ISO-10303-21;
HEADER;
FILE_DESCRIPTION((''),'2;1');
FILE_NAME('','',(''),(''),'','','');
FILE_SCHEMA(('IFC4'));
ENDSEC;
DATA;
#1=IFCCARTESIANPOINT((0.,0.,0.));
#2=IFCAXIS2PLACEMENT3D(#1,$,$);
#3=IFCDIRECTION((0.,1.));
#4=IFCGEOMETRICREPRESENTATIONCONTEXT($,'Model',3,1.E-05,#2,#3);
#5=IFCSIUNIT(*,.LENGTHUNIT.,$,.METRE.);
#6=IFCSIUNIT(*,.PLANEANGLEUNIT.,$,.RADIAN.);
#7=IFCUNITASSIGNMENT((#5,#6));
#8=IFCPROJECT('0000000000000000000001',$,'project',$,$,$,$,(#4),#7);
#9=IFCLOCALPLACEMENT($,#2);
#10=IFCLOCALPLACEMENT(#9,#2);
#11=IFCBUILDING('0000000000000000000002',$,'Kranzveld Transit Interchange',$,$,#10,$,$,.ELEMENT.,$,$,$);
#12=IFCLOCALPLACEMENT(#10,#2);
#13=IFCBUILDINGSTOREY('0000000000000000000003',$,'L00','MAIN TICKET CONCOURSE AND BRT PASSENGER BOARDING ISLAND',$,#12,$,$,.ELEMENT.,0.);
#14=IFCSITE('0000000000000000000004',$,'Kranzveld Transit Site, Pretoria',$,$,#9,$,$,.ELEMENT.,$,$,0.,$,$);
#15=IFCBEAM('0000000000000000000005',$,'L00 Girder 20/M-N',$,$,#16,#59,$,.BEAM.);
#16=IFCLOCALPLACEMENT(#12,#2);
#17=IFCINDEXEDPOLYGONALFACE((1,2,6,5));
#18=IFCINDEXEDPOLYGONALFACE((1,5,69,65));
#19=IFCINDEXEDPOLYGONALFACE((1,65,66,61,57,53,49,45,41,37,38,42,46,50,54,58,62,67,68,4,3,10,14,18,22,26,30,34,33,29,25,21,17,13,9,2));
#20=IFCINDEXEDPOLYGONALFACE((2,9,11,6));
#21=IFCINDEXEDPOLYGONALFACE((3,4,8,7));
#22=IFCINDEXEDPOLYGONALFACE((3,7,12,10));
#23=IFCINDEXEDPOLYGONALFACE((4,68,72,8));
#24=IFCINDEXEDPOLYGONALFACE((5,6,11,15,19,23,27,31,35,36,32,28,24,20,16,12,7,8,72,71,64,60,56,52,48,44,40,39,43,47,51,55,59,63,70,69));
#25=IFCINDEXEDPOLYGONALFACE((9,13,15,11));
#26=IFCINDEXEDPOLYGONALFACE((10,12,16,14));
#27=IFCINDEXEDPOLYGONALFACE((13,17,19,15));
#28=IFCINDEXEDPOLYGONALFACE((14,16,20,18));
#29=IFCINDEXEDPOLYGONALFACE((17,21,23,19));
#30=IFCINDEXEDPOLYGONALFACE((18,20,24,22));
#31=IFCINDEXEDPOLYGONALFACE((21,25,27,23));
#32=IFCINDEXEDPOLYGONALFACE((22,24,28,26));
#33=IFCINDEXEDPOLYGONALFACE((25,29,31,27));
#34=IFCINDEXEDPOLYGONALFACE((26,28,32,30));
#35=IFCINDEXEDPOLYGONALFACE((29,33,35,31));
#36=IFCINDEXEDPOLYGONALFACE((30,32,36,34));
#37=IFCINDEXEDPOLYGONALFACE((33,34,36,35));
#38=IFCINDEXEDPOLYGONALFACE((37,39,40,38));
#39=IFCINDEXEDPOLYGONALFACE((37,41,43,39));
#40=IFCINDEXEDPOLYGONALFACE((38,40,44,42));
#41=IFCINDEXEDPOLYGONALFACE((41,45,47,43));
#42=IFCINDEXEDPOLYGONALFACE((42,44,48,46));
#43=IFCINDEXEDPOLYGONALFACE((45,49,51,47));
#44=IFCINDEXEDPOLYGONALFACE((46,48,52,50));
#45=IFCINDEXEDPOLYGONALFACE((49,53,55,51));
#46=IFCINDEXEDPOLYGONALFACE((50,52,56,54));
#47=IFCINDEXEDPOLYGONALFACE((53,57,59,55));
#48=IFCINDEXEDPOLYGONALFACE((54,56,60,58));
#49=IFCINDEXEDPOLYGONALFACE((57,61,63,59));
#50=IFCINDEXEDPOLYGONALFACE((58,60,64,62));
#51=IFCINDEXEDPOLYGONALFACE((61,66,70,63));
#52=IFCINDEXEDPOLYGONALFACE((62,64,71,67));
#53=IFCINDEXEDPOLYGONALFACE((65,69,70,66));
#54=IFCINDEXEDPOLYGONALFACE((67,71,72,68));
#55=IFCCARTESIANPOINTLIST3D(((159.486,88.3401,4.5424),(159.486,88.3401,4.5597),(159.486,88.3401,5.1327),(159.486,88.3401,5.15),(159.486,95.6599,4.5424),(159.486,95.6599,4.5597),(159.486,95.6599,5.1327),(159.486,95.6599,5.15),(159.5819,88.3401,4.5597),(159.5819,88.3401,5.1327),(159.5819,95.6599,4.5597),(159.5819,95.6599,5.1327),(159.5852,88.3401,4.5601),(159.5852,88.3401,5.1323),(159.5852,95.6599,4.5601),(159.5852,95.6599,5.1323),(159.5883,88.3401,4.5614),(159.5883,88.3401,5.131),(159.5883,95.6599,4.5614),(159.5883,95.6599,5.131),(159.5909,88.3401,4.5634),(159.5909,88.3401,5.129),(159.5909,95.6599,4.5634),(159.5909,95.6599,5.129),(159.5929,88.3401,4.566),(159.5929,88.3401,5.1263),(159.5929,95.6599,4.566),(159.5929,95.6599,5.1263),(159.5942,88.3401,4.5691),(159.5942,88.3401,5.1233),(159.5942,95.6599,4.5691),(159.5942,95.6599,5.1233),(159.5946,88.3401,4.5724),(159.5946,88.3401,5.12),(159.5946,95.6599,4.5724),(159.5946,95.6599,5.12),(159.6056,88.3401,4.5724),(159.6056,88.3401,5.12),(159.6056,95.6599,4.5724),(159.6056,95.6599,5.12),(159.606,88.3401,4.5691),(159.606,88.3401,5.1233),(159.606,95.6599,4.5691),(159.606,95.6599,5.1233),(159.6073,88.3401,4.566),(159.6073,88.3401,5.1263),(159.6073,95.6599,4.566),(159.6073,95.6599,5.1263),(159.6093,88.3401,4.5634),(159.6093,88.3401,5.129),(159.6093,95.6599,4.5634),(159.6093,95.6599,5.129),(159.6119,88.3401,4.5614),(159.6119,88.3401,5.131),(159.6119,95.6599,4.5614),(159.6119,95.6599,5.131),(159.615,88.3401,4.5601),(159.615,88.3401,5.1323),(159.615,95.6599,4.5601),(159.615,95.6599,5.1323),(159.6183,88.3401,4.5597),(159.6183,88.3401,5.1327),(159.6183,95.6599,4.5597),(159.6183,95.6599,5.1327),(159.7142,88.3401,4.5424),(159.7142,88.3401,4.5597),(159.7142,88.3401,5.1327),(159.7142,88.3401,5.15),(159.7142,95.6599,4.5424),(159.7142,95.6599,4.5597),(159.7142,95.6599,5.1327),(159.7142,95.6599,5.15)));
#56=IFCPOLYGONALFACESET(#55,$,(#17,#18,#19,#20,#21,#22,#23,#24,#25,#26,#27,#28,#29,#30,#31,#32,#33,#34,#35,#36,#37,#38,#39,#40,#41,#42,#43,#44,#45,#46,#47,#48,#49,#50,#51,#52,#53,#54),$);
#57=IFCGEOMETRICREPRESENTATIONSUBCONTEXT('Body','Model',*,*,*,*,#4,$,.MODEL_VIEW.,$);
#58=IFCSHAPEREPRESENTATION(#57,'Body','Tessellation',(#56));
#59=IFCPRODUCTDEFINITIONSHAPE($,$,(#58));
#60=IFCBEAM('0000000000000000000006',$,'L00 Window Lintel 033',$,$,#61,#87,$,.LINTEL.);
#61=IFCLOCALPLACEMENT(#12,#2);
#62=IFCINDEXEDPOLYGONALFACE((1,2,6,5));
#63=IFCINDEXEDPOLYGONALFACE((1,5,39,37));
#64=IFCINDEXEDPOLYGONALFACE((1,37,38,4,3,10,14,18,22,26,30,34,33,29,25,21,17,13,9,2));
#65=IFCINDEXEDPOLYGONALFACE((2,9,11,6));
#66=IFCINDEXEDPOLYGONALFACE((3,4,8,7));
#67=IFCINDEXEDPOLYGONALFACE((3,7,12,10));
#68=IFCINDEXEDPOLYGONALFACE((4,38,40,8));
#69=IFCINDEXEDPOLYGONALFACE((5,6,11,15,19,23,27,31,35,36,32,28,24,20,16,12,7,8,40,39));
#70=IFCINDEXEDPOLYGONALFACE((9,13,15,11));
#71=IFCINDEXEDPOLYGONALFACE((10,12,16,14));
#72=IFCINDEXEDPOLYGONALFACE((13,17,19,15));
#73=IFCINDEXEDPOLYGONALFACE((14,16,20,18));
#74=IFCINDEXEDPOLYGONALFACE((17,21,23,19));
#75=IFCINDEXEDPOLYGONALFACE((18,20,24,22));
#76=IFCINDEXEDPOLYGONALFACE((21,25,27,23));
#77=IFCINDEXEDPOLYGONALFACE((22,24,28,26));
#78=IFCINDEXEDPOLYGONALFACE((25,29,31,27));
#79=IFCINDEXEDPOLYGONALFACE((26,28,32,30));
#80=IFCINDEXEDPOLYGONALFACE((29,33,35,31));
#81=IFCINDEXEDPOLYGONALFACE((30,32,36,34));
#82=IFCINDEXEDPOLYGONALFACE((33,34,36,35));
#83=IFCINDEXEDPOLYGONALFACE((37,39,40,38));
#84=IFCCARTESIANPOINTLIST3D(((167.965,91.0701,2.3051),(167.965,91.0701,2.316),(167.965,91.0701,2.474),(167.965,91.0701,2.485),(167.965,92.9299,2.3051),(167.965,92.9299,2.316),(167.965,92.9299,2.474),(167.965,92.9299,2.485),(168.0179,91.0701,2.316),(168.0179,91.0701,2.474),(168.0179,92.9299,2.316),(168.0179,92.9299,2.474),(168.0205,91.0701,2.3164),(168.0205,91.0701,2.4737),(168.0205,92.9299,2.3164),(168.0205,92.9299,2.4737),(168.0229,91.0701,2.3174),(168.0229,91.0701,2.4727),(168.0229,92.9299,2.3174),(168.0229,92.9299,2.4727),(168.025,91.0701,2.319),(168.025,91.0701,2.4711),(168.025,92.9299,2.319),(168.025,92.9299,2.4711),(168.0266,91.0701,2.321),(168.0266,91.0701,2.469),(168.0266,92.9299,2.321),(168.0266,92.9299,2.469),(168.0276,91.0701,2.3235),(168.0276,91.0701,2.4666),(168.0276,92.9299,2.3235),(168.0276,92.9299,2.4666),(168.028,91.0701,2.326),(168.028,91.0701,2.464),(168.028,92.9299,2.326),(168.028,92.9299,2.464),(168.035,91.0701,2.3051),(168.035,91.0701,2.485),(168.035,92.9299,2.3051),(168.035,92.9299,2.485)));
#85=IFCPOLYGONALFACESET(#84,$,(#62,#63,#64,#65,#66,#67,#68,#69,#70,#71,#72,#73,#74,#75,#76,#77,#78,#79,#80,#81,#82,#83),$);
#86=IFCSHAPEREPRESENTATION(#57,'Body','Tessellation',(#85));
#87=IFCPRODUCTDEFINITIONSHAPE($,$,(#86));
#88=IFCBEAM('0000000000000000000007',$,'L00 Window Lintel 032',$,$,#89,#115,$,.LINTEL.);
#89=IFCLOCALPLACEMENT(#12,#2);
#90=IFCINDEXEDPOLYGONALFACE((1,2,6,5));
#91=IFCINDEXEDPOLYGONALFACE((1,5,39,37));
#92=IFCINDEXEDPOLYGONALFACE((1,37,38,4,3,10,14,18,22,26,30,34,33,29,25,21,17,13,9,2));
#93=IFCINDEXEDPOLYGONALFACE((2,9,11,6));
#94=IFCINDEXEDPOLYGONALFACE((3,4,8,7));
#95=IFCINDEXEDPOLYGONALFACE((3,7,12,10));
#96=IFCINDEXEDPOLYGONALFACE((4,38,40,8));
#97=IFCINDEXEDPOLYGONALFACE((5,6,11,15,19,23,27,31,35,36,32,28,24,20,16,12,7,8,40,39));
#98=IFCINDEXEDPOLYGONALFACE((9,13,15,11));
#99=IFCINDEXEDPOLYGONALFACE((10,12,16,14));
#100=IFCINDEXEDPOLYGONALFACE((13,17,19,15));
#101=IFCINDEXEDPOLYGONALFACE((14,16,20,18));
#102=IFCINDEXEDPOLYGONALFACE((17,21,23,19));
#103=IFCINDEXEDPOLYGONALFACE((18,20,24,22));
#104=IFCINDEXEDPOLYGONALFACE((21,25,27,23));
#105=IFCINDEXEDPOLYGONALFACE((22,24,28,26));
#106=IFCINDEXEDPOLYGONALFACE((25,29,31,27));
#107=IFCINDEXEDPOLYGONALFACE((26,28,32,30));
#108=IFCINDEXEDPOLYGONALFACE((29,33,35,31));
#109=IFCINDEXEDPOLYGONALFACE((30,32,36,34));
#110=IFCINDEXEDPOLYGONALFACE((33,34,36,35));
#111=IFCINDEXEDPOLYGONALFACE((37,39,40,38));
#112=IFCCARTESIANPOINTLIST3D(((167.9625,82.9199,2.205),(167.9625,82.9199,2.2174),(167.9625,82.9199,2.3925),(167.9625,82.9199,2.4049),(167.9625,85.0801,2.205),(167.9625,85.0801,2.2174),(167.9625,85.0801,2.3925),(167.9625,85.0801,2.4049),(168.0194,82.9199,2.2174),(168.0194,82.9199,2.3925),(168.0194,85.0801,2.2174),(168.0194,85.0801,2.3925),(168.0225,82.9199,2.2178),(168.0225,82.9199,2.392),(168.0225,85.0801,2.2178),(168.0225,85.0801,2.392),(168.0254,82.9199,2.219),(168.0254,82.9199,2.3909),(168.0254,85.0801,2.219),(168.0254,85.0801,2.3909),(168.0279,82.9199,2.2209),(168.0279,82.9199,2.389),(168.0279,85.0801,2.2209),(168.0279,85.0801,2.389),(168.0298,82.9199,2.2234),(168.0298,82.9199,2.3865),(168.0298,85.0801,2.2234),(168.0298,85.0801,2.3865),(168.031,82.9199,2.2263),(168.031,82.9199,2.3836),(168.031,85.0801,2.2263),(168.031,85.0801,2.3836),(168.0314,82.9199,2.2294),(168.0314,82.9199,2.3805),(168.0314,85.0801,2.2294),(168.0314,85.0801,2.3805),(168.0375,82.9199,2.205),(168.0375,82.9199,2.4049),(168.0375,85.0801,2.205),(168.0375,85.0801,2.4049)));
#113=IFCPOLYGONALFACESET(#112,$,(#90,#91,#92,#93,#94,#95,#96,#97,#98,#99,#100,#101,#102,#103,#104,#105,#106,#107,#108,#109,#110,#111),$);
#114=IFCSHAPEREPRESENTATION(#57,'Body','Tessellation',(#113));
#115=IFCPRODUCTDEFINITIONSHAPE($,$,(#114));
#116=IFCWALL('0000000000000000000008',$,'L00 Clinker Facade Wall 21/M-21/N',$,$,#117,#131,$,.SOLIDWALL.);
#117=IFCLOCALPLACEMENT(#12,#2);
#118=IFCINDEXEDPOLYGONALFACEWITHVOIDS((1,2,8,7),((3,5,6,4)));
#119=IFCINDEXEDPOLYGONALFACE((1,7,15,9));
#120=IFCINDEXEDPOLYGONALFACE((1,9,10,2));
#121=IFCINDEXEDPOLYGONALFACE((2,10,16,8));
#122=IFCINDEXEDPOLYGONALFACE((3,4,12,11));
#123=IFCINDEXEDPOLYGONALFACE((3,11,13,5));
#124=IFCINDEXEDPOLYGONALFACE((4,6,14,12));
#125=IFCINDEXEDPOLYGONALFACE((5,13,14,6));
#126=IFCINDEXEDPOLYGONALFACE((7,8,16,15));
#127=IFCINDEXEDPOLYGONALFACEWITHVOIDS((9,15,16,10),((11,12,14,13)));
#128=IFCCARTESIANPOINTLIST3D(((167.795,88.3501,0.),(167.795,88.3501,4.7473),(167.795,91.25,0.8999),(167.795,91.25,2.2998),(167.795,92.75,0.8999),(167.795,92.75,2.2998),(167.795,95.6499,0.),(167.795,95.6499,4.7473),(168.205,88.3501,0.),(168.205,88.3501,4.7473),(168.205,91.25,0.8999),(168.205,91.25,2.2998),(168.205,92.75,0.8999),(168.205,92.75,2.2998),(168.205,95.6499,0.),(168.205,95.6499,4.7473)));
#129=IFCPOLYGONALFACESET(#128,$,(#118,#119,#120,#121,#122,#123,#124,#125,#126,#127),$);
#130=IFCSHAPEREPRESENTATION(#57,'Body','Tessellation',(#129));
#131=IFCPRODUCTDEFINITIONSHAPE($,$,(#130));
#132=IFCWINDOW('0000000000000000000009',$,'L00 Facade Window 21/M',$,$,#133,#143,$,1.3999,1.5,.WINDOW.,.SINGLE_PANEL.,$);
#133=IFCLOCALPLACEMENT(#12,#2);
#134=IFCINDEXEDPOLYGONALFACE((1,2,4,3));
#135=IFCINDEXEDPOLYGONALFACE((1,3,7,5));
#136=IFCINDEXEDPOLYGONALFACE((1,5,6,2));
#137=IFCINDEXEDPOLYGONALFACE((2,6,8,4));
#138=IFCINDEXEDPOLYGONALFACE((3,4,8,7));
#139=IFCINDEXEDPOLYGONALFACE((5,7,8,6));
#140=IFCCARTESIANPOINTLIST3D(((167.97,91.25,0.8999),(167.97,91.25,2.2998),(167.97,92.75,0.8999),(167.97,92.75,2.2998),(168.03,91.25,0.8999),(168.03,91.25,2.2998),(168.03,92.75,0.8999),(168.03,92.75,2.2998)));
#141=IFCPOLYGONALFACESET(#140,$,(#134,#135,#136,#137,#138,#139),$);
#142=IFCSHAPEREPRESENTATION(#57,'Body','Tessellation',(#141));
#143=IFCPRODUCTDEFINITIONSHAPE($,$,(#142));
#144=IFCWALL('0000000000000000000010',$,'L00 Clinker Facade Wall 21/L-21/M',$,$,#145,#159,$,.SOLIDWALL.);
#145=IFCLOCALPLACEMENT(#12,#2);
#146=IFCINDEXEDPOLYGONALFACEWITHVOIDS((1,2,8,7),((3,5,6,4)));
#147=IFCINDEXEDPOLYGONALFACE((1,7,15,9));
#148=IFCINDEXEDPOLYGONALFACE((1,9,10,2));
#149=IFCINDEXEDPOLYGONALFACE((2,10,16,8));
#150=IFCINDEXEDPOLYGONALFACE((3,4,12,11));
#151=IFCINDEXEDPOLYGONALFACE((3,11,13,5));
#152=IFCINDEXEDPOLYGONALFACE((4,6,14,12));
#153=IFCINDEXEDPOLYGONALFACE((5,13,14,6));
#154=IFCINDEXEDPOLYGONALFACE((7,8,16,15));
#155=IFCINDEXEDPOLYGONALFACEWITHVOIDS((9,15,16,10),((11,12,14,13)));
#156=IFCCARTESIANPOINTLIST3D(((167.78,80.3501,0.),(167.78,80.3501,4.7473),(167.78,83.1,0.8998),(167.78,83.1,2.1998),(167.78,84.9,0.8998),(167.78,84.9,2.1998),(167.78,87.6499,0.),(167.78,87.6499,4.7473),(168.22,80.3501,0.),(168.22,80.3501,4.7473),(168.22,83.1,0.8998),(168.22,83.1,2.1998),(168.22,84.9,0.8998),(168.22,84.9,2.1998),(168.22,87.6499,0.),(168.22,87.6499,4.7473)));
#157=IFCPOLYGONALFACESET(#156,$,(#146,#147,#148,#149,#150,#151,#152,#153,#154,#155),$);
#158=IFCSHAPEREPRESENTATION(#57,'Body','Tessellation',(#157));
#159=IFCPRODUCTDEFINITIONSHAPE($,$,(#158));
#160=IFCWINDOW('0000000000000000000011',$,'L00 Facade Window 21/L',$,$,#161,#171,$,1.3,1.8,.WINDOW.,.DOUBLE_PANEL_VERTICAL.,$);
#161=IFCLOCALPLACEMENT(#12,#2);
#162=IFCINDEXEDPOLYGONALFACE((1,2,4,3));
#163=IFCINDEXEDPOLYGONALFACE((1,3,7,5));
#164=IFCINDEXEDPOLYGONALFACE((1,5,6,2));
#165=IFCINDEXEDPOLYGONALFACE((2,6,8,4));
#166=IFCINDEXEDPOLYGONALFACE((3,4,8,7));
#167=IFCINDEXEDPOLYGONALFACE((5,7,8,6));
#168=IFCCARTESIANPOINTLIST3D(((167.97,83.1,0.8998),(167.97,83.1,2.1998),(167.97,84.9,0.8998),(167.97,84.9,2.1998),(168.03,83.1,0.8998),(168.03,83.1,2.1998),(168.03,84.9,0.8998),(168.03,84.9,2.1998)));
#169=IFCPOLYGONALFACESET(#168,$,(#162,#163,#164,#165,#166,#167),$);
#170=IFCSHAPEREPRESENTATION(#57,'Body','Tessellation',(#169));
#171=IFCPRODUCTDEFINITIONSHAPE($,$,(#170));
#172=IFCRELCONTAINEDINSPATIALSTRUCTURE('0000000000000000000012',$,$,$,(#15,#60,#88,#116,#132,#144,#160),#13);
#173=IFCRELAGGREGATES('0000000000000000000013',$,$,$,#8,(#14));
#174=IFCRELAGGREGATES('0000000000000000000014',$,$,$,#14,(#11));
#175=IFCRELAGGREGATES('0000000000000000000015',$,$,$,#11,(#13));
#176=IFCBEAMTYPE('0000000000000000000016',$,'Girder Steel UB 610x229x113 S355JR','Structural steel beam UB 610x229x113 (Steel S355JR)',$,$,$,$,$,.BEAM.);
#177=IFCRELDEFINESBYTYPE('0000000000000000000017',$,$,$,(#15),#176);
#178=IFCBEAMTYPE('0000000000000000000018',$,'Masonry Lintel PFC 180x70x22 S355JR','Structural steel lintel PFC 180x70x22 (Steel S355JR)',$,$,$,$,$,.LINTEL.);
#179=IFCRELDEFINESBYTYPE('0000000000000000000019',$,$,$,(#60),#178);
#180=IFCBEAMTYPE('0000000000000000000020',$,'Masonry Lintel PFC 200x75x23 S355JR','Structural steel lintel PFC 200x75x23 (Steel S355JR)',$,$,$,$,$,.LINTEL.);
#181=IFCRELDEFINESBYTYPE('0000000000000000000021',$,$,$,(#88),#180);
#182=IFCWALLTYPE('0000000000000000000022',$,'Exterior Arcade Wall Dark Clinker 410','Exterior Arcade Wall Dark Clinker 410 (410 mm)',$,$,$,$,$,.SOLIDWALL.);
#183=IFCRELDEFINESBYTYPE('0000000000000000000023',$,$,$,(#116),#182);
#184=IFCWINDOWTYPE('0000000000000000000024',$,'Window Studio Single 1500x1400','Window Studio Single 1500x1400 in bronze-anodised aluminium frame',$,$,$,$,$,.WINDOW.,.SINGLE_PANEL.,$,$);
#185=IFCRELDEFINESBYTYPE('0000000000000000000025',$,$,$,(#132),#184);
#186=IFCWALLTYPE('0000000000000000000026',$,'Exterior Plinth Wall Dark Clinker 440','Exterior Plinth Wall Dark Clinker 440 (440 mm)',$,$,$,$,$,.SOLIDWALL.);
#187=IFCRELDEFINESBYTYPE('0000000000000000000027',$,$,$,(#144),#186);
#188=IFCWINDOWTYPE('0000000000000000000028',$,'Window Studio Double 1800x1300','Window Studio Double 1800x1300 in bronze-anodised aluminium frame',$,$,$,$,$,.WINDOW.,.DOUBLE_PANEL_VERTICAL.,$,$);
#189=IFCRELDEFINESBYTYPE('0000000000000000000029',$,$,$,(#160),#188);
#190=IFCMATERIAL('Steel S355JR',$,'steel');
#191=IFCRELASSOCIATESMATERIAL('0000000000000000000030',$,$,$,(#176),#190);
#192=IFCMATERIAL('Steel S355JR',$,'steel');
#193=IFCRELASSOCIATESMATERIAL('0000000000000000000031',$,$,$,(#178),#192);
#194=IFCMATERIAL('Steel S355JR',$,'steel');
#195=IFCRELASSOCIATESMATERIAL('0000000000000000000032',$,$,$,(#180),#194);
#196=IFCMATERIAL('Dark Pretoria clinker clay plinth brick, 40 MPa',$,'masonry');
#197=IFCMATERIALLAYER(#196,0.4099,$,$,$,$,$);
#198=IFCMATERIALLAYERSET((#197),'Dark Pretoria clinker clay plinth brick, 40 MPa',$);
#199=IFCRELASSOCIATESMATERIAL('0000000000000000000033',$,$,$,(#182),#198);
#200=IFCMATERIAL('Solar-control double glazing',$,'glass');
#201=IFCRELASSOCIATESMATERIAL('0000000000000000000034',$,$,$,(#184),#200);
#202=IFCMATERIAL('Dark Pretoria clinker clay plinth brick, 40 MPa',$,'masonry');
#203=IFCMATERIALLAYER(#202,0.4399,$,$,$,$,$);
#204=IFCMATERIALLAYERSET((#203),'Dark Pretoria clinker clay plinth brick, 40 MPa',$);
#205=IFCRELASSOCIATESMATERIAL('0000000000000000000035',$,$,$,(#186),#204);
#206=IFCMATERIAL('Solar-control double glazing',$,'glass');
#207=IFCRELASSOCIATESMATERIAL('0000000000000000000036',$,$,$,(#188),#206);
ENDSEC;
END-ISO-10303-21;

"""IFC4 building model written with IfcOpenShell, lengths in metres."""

from ifc_helpers import new_model, si_unit, direction, frame, frame_2d, origin, origin_2d, place, context, subcontext, project, spatial, rectangle, i_section, u_section, extrude, material, layer, layer_set, material_profile, profile_set, type_object, element, fill, save


model = new_model("IFC4")

# Units and contexts
model_context = context("Model", 3, precision=1e-05, world=origin(), true_north=direction((0.0, 1.0)))
body_context = subcontext(model_context, "Body", "Model", "MODEL_VIEW")
ifc_project = project(units=[si_unit("LENGTHUNIT", "METRE"), si_unit("PLANEANGLEUNIT", "RADIAN")], contexts=[model_context])

# Site, building, storey
site_placement = place(None, origin())
site = spatial("IfcSite", under=ifc_project, at=site_placement, Name="Kranzveld Transit Site, Pretoria", CompositionType="ELEMENT", RefElevation=0.0)
building_placement = place(site_placement, origin())
building = spatial("IfcBuilding", under=site, at=building_placement, Name="Kranzveld Transit Interchange", CompositionType="ELEMENT")
storey_placement = place(building_placement, origin())
storey = spatial("IfcBuildingStorey", under=building, at=storey_placement, Name="L00", Description="MAIN TICKET CONCOURSE AND BRT PASSENGER BOARDING ISLAND", CompositionType="ELEMENT", Elevation=0.0)

# Beams
ifc_material_1 = material(Name="Steel S355JR", Category="steel")
ifc_material_profile_1 = material_profile(ifc_material_1, i_section(OverallWidth=0.2283, OverallDepth=0.6077, WebThickness=0.011, FlangeThickness=0.0173, FilletRadius=0.0127, at=origin_2d()), Name="UB 610x229x113")
ifc_profile_set_1 = profile_set([ifc_material_profile_1], Name="Steel S355JR")
beam_type_1 = type_object("IfcBeamType", Name="Girder Steel UB 610x229x113 S355JR", Description="Structural steel beam UB 610x229x113 (Steel S355JR)", PredefinedType="BEAM", material=ifc_profile_set_1)
beam_1_placement = place(storey_placement, frame((159.6001, 88.3401, 4.8462), z_axis=(0.0, 1.0, 0.0), x_axis=(-1.0, 0.0, 0.0)))
element("IfcBeam", 1, at=beam_1_placement, inside=storey, type_object=beam_type_1, Name="L00 Girder 20/M-N", PredefinedType="BEAM", context=body_context, shape_type="SweptSolid", body=[
    extrude(i_section(OverallWidth=0.2283, OverallDepth=0.6077, WebThickness=0.011, FlangeThickness=0.0173, FilletRadius=0.0127, at=origin_2d()), origin(), (0.0, 0.0, 1.0), 7.3198),
])
ifc_material_2 = material(Name="Steel S355JR", Category="steel")
ifc_material_profile_2 = material_profile(ifc_material_2, u_section(Depth=0.1799, FlangeWidth=0.0701, WebThickness=0.0071, FlangeThickness=0.011, FilletRadius=0.01, at=origin_2d()), Name="PFC 180x70x22")
ifc_profile_set_2 = profile_set([ifc_material_profile_2], Name="Steel S355JR")
beam_type_2 = type_object("IfcBeamType", Name="Masonry Lintel PFC 180x70x22 S355JR", Description="Structural steel lintel PFC 180x70x22 (Steel S355JR)", PredefinedType="LINTEL", material=ifc_profile_set_2)
beam_2_placement = place(storey_placement, frame((168.0, 91.0701, 2.395), z_axis=(0.0, 1.0, 0.0), x_axis=(-1.0, 0.0, 0.0)))
element("IfcBeam", 2, at=beam_2_placement, inside=storey, type_object=beam_type_2, Name="L00 Window Lintel 033", PredefinedType="LINTEL", context=body_context, shape_type="SweptSolid", body=[
    extrude(u_section(Depth=0.1799, FlangeWidth=0.0701, WebThickness=0.0071, FlangeThickness=0.011, FilletRadius=0.01, at=origin_2d()), origin(), (0.0, 0.0, 1.0), 1.8599),
])
ifc_material_3 = material(Name="Steel S355JR", Category="steel")
ifc_material_profile_3 = material_profile(ifc_material_3, u_section(Depth=0.2, FlangeWidth=0.075, WebThickness=0.0061, FlangeThickness=0.0125, FilletRadius=0.012, at=origin_2d()), Name="PFC 200x75x23")
ifc_profile_set_3 = profile_set([ifc_material_profile_3], Name="Steel S355JR")
beam_type_3 = type_object("IfcBeamType", Name="Masonry Lintel PFC 200x75x23 S355JR", Description="Structural steel lintel PFC 200x75x23 (Steel S355JR)", PredefinedType="LINTEL", material=ifc_profile_set_3)
beam_3_placement = place(storey_placement, frame((168.0, 82.9199, 2.3049), z_axis=(0.0, 1.0, 0.0), x_axis=(-1.0, 0.0, 0.0)))
element("IfcBeam", 3, at=beam_3_placement, inside=storey, type_object=beam_type_3, Name="L00 Window Lintel 032", PredefinedType="LINTEL", context=body_context, shape_type="SweptSolid", body=[
    extrude(u_section(Depth=0.2, FlangeWidth=0.075, WebThickness=0.0061, FlangeThickness=0.0125, FilletRadius=0.012, at=origin_2d()), origin(), (0.0, 0.0, 1.0), 2.1602),
])

# Walls, openings, windows
ifc_material_4 = material(Name="Dark Pretoria clinker clay plinth brick, 40 MPa", Category="masonry")
ifc_layer_1 = layer(ifc_material_4, 0.4099)
ifc_layer_set_1 = layer_set([ifc_layer_1], Name="Dark Pretoria clinker clay plinth brick, 40 MPa")
wall_type_1 = type_object("IfcWallType", Name="Exterior Arcade Wall Dark Clinker 410", Description="Exterior Arcade Wall Dark Clinker 410 (410 mm)", PredefinedType="SOLIDWALL", material=ifc_layer_set_1)
wall_1_placement = place(storey_placement, frame((168.0, 88.3501, 0.0), z_axis=(0.0, 0.0, 1.0), x_axis=(0.0, 1.0, 0.0)))
wall_1 = element("IfcWall", 4, at=wall_1_placement, inside=storey, type_object=wall_type_1, Name="L00 Clinker Facade Wall 21/M-21/N", PredefinedType="SOLIDWALL", context=body_context, shape_type="SweptSolid", body=[
    extrude(rectangle(XDim=7.2998, YDim=0.4099, at=frame_2d((3.6499, 0.0))), origin(), (0.0, 0.0, 1.0), 4.7473),
])
opening_1_placement = place(wall_1_placement, frame((2.8999, 0.0, 0.8999), z_axis=(0.0, 0.0, 1.0), x_axis=(1.0, 0.0, 0.0)))
opening_1 = element("IfcOpeningElement", 5, at=opening_1_placement, cuts=wall_1, PredefinedType="OPENING", context=body_context, shape_type="SweptSolid", body=[
    extrude(rectangle(XDim=1.5, YDim=1.3999, at=frame_2d((0.75, 0.7))), frame((0.0, 0.2148, 0.0), z_axis=(0.0, -1.0, 0.0), x_axis=(1.0, 0.0, 0.0)), (0.0, 0.0, 1.0), 0.4299),
])
ifc_material_5 = material(Name="Solar-control double glazing", Category="glass")
window_type_1 = type_object("IfcWindowType", Name="Window Studio Single 1500x1400", Description="Window Studio Single 1500x1400 in bronze-anodised aluminium frame", PartitioningType="SINGLE_PANEL", PredefinedType="WINDOW", material=ifc_material_5)
window_1_placement = place(opening_1_placement, origin())
window_1 = element("IfcWindow", 6, at=window_1_placement, inside=storey, type_object=window_type_1, Name="L00 Facade Window 21/M", OverallHeight=1.3999, OverallWidth=1.5, PartitioningType="SINGLE_PANEL", PredefinedType="WINDOW", context=body_context, shape_type="SweptSolid", body=[
    extrude(rectangle(XDim=1.5, YDim=1.3999, at=frame_2d((0.75, 0.7))), frame((0.0, 0.03, 0.0), z_axis=(0.0, -1.0, 0.0), x_axis=(1.0, 0.0, 0.0)), (0.0, 0.0, 1.0), 0.0601),
])
fill(opening_1, window_1)
ifc_material_6 = material(Name="Dark Pretoria clinker clay plinth brick, 40 MPa", Category="masonry")
ifc_layer_2 = layer(ifc_material_6, 0.4399)
ifc_layer_set_2 = layer_set([ifc_layer_2], Name="Dark Pretoria clinker clay plinth brick, 40 MPa")
wall_type_2 = type_object("IfcWallType", Name="Exterior Plinth Wall Dark Clinker 440", Description="Exterior Plinth Wall Dark Clinker 440 (440 mm)", PredefinedType="SOLIDWALL", material=ifc_layer_set_2)
wall_2_placement = place(storey_placement, frame((168.0, 80.3501, 0.0), z_axis=(0.0, 0.0, 1.0), x_axis=(0.0, 1.0, 0.0)))
wall_2 = element("IfcWall", 7, at=wall_2_placement, inside=storey, type_object=wall_type_2, Name="L00 Clinker Facade Wall 21/L-21/M", PredefinedType="SOLIDWALL", context=body_context, shape_type="SweptSolid", body=[
    extrude(rectangle(XDim=7.2998, YDim=0.4399, at=frame_2d((3.6499, 0.0))), origin(), (0.0, 0.0, 1.0), 4.7473),
])
opening_2_placement = place(wall_2_placement, frame((2.75, 0.0, 0.8999), z_axis=(0.0, 0.0, 1.0), x_axis=(1.0, 0.0, 0.0)))
opening_2 = element("IfcOpeningElement", 8, at=opening_2_placement, cuts=wall_2, PredefinedType="OPENING", context=body_context, shape_type="SweptSolid", body=[
    extrude(rectangle(XDim=1.8, YDim=1.3, at=frame_2d((0.8999, 0.6499))), frame((0.0, 0.23, 0.0), z_axis=(0.0, -1.0, 0.0), x_axis=(1.0, 0.0, 0.0)), (0.0, 0.0, 1.0), 0.46),
])
ifc_material_7 = material(Name="Solar-control double glazing", Category="glass")
window_type_2 = type_object("IfcWindowType", Name="Window Studio Double 1800x1300", Description="Window Studio Double 1800x1300 in bronze-anodised aluminium frame", PartitioningType="DOUBLE_PANEL_VERTICAL", PredefinedType="WINDOW", material=ifc_material_7)
window_2_placement = place(opening_2_placement, origin())
window_2 = element("IfcWindow", 9, at=window_2_placement, inside=storey, type_object=window_type_2, Name="L00 Facade Window 21/L", OverallHeight=1.3, OverallWidth=1.8, PartitioningType="DOUBLE_PANEL_VERTICAL", PredefinedType="WINDOW", context=body_context, shape_type="SweptSolid", body=[
    extrude(rectangle(XDim=1.8, YDim=1.3, at=frame_2d((0.8999, 0.6499))), frame((0.0, 0.03, 0.0), z_axis=(0.0, -1.0, 0.0), x_axis=(1.0, 0.0, 0.0)), (0.0, 0.0, 1.0), 0.0601),
])
fill(opening_2, window_2)

save(model, "model.ifc")
